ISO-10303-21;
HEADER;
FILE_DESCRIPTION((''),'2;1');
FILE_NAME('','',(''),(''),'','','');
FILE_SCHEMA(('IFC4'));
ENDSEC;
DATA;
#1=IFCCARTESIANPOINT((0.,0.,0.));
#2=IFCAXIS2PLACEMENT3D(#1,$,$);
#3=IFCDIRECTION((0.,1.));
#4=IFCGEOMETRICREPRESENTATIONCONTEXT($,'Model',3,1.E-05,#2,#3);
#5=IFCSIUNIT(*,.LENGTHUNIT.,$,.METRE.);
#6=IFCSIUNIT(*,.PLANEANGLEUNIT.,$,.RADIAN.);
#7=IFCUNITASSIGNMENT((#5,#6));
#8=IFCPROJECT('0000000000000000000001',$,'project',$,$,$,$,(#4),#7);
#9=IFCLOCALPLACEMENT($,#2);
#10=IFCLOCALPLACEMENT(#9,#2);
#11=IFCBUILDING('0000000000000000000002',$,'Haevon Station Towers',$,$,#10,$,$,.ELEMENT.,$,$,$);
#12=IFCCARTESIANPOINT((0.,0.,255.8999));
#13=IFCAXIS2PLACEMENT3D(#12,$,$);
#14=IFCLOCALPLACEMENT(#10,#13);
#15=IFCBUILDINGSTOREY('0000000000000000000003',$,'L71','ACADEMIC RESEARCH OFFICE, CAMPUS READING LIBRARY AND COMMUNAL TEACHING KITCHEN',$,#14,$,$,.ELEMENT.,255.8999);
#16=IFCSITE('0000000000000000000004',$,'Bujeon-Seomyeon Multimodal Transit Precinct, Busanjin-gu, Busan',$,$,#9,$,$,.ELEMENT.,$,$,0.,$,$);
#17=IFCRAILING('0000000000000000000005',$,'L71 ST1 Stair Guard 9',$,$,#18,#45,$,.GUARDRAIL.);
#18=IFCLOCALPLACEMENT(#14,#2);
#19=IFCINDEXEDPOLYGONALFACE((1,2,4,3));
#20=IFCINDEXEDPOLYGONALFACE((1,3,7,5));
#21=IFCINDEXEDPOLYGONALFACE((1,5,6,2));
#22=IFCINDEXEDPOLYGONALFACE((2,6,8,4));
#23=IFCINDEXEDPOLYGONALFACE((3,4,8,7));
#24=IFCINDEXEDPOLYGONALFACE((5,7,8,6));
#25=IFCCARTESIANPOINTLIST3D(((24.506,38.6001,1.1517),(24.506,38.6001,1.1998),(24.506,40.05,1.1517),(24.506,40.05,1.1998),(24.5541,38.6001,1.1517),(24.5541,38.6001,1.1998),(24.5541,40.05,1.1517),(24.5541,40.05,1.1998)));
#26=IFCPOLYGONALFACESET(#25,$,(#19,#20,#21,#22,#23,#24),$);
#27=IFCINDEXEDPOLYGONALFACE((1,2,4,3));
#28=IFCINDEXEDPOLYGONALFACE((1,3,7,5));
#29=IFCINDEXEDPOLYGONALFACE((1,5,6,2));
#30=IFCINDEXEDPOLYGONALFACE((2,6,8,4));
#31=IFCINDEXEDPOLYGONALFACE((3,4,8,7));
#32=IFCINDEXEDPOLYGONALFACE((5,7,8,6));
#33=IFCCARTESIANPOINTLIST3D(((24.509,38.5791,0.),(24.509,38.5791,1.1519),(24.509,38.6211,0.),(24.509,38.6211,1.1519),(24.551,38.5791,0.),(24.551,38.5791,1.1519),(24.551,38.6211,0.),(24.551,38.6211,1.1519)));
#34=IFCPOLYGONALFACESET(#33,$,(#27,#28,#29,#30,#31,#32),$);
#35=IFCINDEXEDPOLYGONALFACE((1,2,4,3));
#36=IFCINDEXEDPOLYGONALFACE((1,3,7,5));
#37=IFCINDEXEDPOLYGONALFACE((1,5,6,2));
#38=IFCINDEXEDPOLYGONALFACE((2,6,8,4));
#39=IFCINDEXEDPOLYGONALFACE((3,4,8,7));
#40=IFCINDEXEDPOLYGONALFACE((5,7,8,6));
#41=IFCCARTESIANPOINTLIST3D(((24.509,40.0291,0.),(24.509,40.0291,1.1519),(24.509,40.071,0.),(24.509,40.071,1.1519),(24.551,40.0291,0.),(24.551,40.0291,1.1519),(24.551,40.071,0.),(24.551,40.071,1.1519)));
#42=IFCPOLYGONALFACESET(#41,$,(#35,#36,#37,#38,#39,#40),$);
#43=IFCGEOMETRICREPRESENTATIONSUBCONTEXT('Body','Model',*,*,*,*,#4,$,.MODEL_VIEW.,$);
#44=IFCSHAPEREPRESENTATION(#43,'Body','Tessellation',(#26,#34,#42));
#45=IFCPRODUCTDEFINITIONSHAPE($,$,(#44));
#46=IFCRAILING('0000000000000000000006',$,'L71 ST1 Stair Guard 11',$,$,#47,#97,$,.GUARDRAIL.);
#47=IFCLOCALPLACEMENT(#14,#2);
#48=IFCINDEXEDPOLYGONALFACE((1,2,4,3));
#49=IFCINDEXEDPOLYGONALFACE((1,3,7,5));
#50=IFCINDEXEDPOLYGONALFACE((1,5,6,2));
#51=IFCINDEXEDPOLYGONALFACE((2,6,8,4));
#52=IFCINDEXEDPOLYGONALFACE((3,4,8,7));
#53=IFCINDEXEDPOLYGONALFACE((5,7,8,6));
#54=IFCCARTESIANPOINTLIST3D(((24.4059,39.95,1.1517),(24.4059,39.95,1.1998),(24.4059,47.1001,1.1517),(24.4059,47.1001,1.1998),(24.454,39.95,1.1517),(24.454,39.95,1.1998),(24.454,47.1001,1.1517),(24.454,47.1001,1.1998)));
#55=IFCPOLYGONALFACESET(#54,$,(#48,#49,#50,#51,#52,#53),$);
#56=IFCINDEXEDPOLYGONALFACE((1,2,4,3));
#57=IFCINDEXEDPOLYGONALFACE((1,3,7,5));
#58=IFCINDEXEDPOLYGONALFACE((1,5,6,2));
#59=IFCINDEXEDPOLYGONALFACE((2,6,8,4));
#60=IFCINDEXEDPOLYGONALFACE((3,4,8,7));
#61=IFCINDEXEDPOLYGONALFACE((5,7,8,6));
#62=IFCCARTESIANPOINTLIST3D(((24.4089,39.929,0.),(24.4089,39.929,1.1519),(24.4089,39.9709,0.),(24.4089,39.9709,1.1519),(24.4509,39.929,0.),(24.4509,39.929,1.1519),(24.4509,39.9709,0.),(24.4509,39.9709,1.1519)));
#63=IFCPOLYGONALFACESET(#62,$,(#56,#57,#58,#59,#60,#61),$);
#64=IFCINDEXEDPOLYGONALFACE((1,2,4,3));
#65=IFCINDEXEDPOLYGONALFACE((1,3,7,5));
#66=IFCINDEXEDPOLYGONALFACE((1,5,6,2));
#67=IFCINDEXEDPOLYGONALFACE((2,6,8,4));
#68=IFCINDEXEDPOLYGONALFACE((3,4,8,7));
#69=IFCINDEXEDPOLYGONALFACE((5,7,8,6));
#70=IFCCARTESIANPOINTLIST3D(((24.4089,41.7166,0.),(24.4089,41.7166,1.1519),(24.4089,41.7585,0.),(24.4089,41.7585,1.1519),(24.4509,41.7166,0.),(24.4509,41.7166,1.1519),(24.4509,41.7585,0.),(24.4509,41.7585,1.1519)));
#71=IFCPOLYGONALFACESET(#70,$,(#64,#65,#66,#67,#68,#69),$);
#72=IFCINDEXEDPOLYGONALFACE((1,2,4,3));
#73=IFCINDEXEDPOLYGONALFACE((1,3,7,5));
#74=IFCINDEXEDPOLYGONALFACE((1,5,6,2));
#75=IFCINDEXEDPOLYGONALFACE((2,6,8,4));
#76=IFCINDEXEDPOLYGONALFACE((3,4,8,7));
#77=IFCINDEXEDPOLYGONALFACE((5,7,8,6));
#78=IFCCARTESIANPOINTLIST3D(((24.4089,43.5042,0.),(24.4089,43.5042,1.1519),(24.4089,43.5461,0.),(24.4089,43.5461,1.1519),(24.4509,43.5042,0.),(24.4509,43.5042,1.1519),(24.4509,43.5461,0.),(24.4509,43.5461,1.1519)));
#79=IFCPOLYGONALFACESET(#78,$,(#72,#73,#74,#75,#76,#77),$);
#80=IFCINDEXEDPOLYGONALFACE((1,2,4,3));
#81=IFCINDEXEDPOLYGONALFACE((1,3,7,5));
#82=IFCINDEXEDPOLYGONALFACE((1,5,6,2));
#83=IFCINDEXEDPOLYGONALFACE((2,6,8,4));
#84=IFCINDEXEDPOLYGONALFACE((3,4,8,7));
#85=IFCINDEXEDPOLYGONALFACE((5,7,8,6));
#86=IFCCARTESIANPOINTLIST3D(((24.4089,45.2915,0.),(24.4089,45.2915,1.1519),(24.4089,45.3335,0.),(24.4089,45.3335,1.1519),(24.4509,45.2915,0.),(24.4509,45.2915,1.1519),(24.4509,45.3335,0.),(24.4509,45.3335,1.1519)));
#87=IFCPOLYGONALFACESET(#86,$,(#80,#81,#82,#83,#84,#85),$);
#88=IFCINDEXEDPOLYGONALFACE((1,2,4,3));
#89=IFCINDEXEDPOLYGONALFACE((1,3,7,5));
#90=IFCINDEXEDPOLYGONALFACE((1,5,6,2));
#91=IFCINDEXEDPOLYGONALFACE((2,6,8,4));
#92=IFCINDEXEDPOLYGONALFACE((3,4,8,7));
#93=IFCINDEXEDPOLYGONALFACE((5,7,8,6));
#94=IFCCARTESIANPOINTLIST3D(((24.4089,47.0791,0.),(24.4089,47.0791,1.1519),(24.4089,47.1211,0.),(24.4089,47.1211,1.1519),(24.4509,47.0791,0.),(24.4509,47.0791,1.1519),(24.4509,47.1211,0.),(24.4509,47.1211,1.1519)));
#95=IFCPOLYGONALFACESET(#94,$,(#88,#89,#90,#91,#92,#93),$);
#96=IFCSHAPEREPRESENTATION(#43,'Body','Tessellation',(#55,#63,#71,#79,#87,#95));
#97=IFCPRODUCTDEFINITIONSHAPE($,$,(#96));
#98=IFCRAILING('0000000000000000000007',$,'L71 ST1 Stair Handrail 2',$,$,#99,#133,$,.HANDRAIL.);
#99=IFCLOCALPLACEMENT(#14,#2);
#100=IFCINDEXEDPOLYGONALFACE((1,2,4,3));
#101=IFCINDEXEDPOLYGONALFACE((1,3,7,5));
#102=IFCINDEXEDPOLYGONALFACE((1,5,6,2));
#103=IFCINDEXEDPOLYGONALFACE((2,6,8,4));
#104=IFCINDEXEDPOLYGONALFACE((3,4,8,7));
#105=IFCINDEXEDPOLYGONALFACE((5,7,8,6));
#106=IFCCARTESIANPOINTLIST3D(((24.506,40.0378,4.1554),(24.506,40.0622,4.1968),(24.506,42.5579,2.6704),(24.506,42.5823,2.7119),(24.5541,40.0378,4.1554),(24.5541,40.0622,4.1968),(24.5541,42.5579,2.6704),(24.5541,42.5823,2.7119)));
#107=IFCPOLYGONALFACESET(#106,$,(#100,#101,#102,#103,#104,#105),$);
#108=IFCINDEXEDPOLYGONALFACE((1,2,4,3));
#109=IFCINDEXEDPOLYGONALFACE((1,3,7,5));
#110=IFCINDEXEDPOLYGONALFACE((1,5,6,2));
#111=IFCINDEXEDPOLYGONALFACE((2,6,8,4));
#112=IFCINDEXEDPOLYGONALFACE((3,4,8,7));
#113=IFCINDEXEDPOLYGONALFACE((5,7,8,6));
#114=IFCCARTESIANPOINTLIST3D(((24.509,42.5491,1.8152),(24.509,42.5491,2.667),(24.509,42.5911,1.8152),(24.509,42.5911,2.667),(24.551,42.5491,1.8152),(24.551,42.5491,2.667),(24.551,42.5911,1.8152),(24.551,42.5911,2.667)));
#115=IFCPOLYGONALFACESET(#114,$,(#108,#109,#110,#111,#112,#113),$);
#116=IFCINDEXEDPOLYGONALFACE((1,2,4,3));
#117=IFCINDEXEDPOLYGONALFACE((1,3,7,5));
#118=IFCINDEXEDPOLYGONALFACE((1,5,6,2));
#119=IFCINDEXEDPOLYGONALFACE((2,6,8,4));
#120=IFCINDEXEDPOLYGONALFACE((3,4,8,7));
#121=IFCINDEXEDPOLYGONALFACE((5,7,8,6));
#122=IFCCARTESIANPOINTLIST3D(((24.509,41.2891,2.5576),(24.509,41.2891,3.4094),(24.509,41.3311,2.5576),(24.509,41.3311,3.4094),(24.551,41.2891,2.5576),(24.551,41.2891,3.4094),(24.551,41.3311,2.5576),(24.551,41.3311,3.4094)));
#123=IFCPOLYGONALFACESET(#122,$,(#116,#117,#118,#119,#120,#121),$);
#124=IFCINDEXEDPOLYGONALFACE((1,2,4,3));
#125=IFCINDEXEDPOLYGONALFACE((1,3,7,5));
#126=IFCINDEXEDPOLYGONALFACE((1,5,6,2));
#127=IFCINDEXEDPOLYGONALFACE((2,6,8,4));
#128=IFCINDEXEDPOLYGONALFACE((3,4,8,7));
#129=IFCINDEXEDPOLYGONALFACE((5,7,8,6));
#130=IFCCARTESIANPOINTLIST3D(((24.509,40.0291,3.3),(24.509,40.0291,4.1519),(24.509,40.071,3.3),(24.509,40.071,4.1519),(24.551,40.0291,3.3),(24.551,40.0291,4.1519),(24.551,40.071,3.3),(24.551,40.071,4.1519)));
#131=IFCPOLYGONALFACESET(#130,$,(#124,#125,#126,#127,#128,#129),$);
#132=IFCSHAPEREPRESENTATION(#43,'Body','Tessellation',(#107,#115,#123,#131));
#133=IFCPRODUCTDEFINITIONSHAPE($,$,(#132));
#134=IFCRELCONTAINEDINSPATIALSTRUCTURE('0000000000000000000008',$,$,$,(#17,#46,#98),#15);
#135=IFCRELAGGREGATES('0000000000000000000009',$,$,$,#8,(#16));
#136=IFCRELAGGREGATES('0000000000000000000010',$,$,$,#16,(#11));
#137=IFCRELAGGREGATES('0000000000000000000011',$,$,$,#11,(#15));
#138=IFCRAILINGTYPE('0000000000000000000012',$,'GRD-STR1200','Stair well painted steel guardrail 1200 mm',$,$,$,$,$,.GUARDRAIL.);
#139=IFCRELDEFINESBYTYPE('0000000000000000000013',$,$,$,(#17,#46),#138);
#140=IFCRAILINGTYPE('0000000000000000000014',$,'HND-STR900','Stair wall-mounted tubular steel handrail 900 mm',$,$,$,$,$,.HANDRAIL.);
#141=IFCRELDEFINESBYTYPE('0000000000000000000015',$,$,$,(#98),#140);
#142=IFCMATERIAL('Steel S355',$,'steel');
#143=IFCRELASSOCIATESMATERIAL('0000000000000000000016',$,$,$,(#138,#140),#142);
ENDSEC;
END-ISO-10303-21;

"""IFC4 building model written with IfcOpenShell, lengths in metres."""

from ifc_helpers import new_model, si_unit, direction, frame, origin, origin_2d, place, context, subcontext, project, spatial, rectangle, extrude, material, type_object, element, save


model = new_model("IFC4")

# Units and contexts
model_context = context("Model", 3, precision=1e-05, world=origin(), true_north=direction((0.0, 1.0)))
body_context = subcontext(model_context, "Body", "Model", "MODEL_VIEW")
ifc_project = project(units=[si_unit("LENGTHUNIT", "METRE"), si_unit("PLANEANGLEUNIT", "RADIAN")], contexts=[model_context])

# Site, building, storey
site_placement = place(None, origin())
site = spatial("IfcSite", under=ifc_project, at=site_placement, Name="Bujeon-Seomyeon Multimodal Transit Precinct, Busanjin-gu, Busan", CompositionType="ELEMENT", RefElevation=0.0)
building_placement = place(site_placement, origin())
building = spatial("IfcBuilding", under=site, at=building_placement, Name="Haevon Station Towers", CompositionType="ELEMENT")
storey_placement = place(building_placement, frame((0.0, 0.0, 255.8999)))
storey = spatial("IfcBuildingStorey", under=building, at=storey_placement, Name="L71", Description="ACADEMIC RESEARCH OFFICE, CAMPUS READING LIBRARY AND COMMUNAL TEACHING KITCHEN", CompositionType="ELEMENT", Elevation=255.8999)

# Shared definitions
ifc_material_1 = material(Name="Steel S355", Category="steel")

# Railings
railing_type_1 = type_object("IfcRailingType", Name="GRD-STR1200", Description="Stair well painted steel guardrail 1200 mm", PredefinedType="GUARDRAIL", material=ifc_material_1)
railing_1_placement = place(storey_placement, frame((24.53, 38.6001, 0.0)))
element("IfcRailing", 1, at=railing_1_placement, inside=storey, type_object=railing_type_1, Name="L71 ST1 Stair Guard 9", PredefinedType="GUARDRAIL", context=body_context, shape_type="SweptSolid", body=[
    extrude(rectangle(XDim=0.0481, YDim=0.0481, at=origin_2d()), frame((0.0, 0.0, 1.1758), z_axis=(0.0, 1.0, 0.0), x_axis=(-1.0, 0.0, 0.0)), (0.0, 0.0, 1.0), 1.45),
    extrude(rectangle(XDim=0.042, YDim=0.042, at=origin_2d()), origin(), (0.0, 0.0, 1.0), 1.1519),
    extrude(rectangle(XDim=0.042, YDim=0.042, at=origin_2d()), frame((0.0, 1.45, 0.0)), (0.0, 0.0, 1.0), 1.1519),
])
railing_2_placement = place(storey_placement, frame((24.4299, 39.95, 0.0)))
element("IfcRailing", 2, at=railing_2_placement, inside=storey, type_object=railing_type_1, Name="L71 ST1 Stair Guard 11", PredefinedType="GUARDRAIL", context=body_context, shape_type="SweptSolid", body=[
    extrude(rectangle(XDim=0.0481, YDim=0.0481, at=origin_2d()), frame((0.0, 0.0, 1.1758), z_axis=(0.0, 1.0, 0.0), x_axis=(-1.0, 0.0, 0.0)), (0.0, 0.0, 1.0), 7.1501),
    extrude(rectangle(XDim=0.042, YDim=0.042, at=origin_2d()), origin(), (0.0, 0.0, 1.0), 1.1519),
    extrude(rectangle(XDim=0.042, YDim=0.042, at=origin_2d()), frame((0.0, 1.7876, 0.0)), (0.0, 0.0, 1.0), 1.1519),
    extrude(rectangle(XDim=0.042, YDim=0.042, at=origin_2d()), frame((0.0, 3.5752, 0.0)), (0.0, 0.0, 1.0), 1.1519),
    extrude(rectangle(XDim=0.042, YDim=0.042, at=origin_2d()), frame((0.0, 5.3625, 0.0)), (0.0, 0.0, 1.0), 1.1519),
    extrude(rectangle(XDim=0.042, YDim=0.042, at=origin_2d()), frame((0.0, 7.1501, 0.0)), (0.0, 0.0, 1.0), 1.1519),
])
railing_type_2 = type_object("IfcRailingType", Name="HND-STR900", Description="Stair wall-mounted tubular steel handrail 900 mm", PredefinedType="HANDRAIL", material=ifc_material_1)
railing_3_placement = place(storey_placement, frame((24.53, 42.5701, 1.8152)))
element("IfcRailing", 3, at=railing_3_placement, inside=storey, type_object=railing_type_2, Name="L71 ST1 Stair Handrail 2", PredefinedType="HANDRAIL", context=body_context, shape_type="SweptSolid", body=[
    extrude(rectangle(XDim=0.0481, YDim=0.0481, at=origin_2d()), frame((0.0, 0.0, 0.876), z_axis=(0.0, -0.861561, 0.507655), x_axis=(1.0, 0.0, 0.0)), (0.0, 0.0, 1.0), 2.925),
    extrude(rectangle(XDim=0.042, YDim=0.042, at=origin_2d()), origin(), (0.0, 0.0, 1.0), 0.8518),
    extrude(rectangle(XDim=0.042, YDim=0.042, at=origin_2d()), frame((0.0, -1.26, 0.7424)), (0.0, 0.0, 1.0), 0.8518),
    extrude(rectangle(XDim=0.042, YDim=0.042, at=origin_2d()), frame((0.0, -2.52, 1.4849)), (0.0, 0.0, 1.0), 0.8518),
])

save(model, "model.ifc")
